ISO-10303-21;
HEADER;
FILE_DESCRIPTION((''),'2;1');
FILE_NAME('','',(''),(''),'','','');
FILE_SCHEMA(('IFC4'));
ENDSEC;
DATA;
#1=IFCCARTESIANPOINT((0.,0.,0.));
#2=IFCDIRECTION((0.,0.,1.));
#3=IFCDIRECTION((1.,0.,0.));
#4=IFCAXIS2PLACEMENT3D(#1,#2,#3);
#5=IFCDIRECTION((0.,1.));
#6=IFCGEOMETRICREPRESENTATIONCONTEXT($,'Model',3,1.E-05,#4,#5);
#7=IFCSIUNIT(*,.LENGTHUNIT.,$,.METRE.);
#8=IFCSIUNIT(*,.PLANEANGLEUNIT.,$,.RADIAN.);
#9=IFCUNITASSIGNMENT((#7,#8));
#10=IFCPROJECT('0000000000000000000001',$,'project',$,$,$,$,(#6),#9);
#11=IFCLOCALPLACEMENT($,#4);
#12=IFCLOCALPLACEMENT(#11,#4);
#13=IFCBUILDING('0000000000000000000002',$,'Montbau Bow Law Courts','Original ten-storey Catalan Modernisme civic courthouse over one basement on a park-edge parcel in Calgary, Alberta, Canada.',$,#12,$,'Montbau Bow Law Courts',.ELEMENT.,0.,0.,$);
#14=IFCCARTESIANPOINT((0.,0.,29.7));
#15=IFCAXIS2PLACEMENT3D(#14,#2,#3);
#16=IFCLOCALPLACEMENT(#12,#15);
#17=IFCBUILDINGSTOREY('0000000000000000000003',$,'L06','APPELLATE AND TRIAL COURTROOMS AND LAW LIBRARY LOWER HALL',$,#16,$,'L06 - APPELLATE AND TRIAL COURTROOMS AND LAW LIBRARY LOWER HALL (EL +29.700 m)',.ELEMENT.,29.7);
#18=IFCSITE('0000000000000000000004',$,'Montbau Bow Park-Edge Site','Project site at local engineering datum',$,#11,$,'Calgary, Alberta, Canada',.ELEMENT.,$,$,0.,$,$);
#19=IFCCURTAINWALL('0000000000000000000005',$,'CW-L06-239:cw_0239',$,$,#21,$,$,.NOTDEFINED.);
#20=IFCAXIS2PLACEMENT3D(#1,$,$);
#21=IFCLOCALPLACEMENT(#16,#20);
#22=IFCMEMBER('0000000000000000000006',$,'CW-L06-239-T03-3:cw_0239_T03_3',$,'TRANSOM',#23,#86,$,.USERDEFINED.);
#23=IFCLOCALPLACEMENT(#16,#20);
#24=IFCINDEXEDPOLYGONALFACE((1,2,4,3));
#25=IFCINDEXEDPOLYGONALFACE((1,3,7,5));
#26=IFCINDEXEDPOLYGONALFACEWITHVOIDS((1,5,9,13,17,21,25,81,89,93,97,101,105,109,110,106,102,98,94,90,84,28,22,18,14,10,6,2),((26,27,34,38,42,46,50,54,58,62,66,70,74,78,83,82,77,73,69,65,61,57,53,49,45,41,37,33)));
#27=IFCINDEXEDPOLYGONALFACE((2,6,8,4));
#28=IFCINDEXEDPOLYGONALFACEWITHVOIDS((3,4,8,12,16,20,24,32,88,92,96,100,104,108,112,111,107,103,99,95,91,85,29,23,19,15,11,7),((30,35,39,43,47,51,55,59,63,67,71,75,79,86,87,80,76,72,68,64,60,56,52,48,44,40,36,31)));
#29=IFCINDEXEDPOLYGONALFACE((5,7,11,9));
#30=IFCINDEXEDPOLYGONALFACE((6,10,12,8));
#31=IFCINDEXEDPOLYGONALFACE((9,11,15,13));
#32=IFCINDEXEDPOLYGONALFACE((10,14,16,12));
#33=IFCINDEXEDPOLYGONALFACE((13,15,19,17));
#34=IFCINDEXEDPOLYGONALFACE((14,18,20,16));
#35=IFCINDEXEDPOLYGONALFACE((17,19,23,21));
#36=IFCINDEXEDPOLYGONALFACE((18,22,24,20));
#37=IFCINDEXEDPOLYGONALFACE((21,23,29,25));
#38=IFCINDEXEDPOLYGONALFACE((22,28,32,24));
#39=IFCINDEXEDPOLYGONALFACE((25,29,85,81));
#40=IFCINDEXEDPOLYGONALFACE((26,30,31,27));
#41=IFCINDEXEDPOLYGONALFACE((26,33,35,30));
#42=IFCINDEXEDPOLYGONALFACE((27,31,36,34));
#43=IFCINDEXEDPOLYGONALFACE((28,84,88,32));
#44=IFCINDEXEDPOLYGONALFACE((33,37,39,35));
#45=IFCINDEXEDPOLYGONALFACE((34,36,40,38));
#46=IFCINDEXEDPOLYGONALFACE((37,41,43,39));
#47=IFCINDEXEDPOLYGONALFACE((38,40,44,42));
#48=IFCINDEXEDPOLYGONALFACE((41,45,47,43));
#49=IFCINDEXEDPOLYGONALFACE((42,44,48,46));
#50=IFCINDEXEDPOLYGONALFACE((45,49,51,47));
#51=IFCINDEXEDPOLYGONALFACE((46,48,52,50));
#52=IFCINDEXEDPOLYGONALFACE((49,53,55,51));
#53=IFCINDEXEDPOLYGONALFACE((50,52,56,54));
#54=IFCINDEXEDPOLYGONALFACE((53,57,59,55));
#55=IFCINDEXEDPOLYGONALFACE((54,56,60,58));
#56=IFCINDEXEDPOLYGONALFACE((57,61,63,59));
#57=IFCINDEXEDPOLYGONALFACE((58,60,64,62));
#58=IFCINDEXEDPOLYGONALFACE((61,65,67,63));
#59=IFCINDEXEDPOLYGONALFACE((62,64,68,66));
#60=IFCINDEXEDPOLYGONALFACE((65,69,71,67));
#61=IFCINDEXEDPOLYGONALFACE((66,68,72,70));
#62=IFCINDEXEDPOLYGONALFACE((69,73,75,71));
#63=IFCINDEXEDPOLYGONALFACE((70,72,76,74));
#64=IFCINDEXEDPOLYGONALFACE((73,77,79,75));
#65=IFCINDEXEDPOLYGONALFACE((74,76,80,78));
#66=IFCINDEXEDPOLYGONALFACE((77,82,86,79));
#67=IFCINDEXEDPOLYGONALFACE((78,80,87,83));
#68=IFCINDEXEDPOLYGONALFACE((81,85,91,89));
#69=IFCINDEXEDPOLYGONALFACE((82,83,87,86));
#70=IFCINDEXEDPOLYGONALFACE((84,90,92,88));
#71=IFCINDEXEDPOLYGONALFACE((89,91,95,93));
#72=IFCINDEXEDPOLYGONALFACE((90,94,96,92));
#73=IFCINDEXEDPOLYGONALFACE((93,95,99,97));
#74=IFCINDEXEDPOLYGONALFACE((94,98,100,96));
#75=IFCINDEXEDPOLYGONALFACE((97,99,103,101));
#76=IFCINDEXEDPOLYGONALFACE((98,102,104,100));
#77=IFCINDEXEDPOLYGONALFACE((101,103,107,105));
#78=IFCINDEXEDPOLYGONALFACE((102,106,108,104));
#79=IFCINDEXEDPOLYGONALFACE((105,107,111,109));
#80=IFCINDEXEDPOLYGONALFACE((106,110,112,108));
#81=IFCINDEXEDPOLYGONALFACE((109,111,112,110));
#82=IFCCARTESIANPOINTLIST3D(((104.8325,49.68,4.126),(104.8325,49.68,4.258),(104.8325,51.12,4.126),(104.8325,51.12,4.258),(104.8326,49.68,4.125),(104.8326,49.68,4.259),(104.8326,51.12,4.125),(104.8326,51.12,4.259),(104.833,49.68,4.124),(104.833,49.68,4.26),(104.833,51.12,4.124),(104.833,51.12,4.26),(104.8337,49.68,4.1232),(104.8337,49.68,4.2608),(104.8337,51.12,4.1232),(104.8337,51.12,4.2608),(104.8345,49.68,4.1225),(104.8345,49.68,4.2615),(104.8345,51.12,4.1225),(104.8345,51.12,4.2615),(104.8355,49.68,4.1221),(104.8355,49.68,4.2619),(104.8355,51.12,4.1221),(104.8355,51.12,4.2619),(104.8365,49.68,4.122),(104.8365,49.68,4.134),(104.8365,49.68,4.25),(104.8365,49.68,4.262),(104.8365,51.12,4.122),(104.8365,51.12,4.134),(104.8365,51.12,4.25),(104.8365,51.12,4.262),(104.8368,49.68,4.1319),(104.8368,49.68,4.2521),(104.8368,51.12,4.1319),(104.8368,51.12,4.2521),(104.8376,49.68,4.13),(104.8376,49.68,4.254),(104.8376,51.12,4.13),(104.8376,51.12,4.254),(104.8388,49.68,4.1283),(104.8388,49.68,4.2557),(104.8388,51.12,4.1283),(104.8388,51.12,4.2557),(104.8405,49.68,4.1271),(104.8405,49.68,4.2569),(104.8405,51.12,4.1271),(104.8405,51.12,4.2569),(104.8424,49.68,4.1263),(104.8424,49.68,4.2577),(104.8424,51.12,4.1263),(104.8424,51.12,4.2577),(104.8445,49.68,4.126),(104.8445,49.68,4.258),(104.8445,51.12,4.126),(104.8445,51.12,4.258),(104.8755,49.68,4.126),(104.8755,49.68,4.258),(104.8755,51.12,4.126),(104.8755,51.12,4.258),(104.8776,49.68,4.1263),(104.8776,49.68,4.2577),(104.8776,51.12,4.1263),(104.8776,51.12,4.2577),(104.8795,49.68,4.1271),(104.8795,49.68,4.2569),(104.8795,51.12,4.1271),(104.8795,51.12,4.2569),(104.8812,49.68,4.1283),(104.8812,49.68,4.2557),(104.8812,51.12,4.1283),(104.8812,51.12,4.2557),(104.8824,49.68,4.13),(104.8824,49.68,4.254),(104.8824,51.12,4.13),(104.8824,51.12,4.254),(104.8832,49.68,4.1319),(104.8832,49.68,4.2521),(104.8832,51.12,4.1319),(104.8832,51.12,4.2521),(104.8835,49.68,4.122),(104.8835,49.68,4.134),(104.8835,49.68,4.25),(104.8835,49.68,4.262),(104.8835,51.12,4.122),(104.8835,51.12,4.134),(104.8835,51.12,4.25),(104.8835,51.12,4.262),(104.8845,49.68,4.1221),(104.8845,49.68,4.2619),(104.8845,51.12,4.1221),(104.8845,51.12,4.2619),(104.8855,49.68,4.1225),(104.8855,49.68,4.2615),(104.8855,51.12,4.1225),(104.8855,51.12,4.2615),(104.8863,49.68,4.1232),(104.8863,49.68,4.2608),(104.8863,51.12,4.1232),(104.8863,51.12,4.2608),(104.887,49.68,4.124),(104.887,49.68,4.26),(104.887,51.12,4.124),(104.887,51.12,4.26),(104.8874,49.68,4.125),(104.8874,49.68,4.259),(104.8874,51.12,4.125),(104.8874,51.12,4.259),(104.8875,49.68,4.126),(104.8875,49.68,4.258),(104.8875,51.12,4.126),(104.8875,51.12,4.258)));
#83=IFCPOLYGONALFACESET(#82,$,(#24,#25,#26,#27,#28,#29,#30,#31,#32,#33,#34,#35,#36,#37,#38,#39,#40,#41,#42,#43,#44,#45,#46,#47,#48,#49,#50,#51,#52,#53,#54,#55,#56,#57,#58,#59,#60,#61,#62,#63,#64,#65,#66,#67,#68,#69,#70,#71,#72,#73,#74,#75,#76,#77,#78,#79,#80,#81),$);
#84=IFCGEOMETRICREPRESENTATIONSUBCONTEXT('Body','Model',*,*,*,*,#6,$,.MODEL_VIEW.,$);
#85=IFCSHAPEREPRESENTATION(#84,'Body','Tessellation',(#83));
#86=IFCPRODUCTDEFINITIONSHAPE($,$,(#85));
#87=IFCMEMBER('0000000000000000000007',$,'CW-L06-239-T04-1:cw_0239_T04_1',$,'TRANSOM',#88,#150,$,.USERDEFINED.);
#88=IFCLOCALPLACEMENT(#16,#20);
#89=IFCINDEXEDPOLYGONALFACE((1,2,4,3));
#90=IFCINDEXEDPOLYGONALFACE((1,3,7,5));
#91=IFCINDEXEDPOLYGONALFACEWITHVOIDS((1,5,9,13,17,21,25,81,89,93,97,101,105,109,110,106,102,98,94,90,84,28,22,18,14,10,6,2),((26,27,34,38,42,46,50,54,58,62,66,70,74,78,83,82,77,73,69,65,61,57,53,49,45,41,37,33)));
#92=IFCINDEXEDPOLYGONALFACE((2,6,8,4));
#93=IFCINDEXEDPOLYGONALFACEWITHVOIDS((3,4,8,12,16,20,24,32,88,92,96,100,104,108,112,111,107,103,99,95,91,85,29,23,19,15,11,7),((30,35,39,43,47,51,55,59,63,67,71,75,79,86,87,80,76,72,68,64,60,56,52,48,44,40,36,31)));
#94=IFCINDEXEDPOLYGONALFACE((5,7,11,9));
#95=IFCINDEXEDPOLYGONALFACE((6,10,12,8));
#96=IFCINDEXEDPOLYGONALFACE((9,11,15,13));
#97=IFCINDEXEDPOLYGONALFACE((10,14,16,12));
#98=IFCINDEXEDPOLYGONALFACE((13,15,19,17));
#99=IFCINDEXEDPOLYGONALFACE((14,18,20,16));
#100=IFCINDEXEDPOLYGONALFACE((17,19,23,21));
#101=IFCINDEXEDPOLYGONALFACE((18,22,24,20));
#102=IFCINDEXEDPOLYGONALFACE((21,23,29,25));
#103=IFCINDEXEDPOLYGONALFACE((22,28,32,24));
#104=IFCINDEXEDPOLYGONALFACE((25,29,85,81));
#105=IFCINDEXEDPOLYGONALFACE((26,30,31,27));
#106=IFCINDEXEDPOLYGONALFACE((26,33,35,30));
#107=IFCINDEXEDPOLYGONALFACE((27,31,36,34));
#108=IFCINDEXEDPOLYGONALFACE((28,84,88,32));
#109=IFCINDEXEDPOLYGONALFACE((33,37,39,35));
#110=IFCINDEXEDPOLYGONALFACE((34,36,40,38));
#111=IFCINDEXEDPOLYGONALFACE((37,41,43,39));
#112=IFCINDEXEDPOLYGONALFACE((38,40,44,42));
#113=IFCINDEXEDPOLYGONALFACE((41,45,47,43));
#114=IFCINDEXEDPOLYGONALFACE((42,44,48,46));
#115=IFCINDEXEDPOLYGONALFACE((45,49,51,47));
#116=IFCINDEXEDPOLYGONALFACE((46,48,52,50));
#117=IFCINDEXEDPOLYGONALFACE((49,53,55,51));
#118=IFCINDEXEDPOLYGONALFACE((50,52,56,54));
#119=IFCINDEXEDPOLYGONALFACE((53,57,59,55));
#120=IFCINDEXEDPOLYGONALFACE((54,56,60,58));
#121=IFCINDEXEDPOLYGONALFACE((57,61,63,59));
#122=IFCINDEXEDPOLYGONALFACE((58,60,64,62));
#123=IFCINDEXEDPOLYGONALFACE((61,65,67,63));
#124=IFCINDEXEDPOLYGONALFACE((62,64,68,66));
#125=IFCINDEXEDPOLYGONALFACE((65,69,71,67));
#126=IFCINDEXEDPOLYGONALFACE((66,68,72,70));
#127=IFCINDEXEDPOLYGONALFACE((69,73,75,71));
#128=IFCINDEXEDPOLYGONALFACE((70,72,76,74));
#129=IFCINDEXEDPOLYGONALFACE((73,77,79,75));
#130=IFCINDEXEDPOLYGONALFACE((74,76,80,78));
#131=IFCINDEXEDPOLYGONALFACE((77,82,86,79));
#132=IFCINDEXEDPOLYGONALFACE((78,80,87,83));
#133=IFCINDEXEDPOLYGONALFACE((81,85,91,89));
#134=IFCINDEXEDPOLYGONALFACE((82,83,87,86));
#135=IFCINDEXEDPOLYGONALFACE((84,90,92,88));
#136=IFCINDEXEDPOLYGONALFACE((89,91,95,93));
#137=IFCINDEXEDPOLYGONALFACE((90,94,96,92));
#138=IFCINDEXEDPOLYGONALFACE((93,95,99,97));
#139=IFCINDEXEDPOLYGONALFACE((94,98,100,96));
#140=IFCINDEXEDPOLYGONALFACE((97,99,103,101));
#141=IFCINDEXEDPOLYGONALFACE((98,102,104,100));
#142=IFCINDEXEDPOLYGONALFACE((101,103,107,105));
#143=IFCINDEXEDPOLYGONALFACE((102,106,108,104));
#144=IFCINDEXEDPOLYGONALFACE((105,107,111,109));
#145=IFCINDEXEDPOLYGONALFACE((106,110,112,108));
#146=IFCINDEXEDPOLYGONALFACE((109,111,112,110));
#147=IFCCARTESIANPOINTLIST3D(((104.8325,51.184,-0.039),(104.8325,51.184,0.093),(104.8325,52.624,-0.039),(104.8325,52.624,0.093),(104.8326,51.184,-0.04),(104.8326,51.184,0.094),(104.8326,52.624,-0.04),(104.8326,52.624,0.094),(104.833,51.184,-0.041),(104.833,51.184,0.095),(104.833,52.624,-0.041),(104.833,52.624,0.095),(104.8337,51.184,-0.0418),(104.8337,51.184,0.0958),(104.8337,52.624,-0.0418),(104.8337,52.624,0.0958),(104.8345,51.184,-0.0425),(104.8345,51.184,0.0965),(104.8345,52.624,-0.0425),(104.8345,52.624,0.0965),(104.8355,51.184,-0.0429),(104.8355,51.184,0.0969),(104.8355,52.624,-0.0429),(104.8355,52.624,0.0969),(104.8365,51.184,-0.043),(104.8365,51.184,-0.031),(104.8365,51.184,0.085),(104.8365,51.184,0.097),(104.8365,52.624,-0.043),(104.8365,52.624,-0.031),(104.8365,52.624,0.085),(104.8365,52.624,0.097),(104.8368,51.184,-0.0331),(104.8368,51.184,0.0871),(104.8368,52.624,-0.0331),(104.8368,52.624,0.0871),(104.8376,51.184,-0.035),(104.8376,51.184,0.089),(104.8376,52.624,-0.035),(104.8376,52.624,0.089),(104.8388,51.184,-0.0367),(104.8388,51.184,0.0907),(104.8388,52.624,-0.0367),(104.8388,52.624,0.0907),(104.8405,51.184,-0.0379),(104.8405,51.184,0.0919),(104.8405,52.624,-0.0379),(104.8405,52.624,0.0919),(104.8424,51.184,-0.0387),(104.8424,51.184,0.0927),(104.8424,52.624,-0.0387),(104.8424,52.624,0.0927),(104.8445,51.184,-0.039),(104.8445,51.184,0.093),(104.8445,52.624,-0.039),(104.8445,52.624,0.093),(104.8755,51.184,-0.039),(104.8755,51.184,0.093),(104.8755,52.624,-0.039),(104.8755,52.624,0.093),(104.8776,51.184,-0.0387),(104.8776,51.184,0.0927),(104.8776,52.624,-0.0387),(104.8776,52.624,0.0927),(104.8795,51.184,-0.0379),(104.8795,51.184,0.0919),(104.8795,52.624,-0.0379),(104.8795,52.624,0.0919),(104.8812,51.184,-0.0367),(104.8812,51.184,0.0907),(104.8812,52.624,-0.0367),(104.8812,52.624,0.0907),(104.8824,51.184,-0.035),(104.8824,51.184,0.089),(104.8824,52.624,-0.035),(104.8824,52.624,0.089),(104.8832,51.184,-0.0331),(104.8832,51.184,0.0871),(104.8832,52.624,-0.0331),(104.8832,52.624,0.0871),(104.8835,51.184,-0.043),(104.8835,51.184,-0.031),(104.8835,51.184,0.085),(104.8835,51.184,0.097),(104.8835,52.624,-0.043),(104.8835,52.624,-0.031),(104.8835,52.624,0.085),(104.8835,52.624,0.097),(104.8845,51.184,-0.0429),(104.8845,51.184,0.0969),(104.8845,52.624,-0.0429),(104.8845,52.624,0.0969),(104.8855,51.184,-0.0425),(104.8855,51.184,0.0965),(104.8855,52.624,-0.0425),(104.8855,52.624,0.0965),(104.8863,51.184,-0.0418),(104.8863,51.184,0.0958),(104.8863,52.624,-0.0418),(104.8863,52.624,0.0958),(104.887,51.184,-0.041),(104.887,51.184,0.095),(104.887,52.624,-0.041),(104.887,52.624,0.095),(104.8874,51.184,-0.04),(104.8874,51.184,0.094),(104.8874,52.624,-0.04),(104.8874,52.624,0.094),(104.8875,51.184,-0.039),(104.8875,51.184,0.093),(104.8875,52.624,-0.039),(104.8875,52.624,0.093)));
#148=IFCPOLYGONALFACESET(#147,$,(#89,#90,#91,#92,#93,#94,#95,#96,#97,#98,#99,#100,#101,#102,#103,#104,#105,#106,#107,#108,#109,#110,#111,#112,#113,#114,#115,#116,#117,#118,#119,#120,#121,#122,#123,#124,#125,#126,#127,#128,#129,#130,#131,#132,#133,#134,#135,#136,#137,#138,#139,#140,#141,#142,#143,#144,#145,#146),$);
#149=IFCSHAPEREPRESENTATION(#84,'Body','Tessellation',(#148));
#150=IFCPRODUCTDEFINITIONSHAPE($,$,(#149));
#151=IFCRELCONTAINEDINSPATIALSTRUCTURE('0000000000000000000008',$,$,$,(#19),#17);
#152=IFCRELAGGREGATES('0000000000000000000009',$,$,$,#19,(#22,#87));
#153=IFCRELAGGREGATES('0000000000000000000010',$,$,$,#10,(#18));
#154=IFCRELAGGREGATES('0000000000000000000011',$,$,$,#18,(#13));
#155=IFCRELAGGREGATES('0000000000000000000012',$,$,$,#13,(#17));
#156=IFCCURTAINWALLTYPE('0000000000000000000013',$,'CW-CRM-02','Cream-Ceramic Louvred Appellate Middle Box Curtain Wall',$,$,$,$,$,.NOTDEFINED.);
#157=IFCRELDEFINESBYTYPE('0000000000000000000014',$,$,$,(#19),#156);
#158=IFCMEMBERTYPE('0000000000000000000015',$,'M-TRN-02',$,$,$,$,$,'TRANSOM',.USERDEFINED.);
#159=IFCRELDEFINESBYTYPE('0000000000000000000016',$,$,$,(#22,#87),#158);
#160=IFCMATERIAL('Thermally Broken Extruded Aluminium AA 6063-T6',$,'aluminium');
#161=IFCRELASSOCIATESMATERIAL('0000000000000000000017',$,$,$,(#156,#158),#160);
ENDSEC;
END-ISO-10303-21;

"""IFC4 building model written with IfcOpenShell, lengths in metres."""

from ifc_helpers import new_model, si_unit, direction, frame, origin_with_axes, origin_2d_with_axis, place, context, subcontext, project, spatial, hollow_rectangle, extrude, material, material_profile, profile_set, type_object, element, aggregate, save


model = new_model("IFC4")

# Units and contexts
model_context = context("Model", 3, precision=1e-05, world=origin_with_axes(), true_north=direction((0.0, 1.0)))
body_context = subcontext(model_context, "Body", "Model", "MODEL_VIEW")
ifc_project = project(units=[si_unit("LENGTHUNIT", "METRE"), si_unit("PLANEANGLEUNIT", "RADIAN")], contexts=[model_context])

# Site, building, storey
site_placement = place(None, origin_with_axes())
site = spatial("IfcSite", under=ifc_project, at=site_placement, Name="Montbau Bow Park-Edge Site", Description="Project site at local engineering datum", LongName="Calgary, Alberta, Canada", CompositionType="ELEMENT", RefElevation=0.0)
building_placement = place(site_placement, origin_with_axes())
building = spatial("IfcBuilding", under=site, at=building_placement, Name="Montbau Bow Law Courts", Description="Original ten-storey Catalan Modernisme civic courthouse over one basement on a park-edge parcel in Calgary, Alberta, Canada.", LongName="Montbau Bow Law Courts", CompositionType="ELEMENT", ElevationOfRefHeight=0.0, ElevationOfTerrain=0.0)
storey_placement = place(building_placement, frame((0.0, 0.0, 29.7), z_axis=(0.0, 0.0, 1.0), x_axis=(1.0, 0.0, 0.0)))
storey = spatial("IfcBuildingStorey", under=building, at=storey_placement, Name="L06", Description="APPELLATE AND TRIAL COURTROOMS AND LAW LIBRARY LOWER HALL", LongName="L06 - APPELLATE AND TRIAL COURTROOMS AND LAW LIBRARY LOWER HALL (EL +29.700 m)", CompositionType="ELEMENT", Elevation=29.7)

# Curtain wall, members
ifc_material_1 = material(Name="Thermally Broken Extruded Aluminium AA 6063-T6", Category="aluminium")
curtain_wall_type = type_object("IfcCurtainWallType", Name="CW-CRM-02", Description="Cream-Ceramic Louvred Appellate Middle Box Curtain Wall", PredefinedType="NOTDEFINED", material=ifc_material_1)
curtain_wall_placement = place(None, frame((104.86, 46.64, 29.7), z_axis=(0.0, 0.0, 1.0), x_axis=(1.0, 0.0, 0.0)))
curtain_wall = element("IfcCurtainWall", 1, at=curtain_wall_placement, inside=storey, type_object=curtain_wall_type, Name="CW-L06-239:cw_0239", PredefinedType="NOTDEFINED")
ifc_material_profile_1 = material_profile(ifc_material_1, hollow_rectangle(XDim=0.055, YDim=0.14, WallThickness=0.004, InnerFilletRadius=0.008, OuterFilletRadius=0.004, at=origin_2d_with_axis()), Name="CWT-140X55", Category="Main", Priority=0)
ifc_profile_set_1 = profile_set([ifc_material_profile_1], Name="Thermally Broken Extruded Aluminium AA 6063-T6")
member_type_1 = type_object("IfcMemberType", Name="M-TRN-02", ElementType="TRANSOM", PredefinedType="USERDEFINED", material=ifc_profile_set_1)
member_1_placement = place(None, frame((104.86, 49.68, 33.892), z_axis=(0.0, 1.0, 0.0), x_axis=(-1.0, 0.0, 0.0)))
member_1 = element("IfcMember", 2, at=member_1_placement, type_object=member_type_1, Name="CW-L06-239-T03-3:cw_0239_T03_3", ObjectType="TRANSOM", PredefinedType="USERDEFINED", context=body_context, shape_type="SweptSolid", body=[
    extrude(hollow_rectangle(XDim=0.055, YDim=0.14, WallThickness=0.004, InnerFilletRadius=0.008, OuterFilletRadius=0.004, at=origin_2d_with_axis()), origin_with_axes(), (0.0, 0.0, 1.0), 1.44),
])
member_2_placement = place(None, frame((104.86, 51.184, 29.727), z_axis=(0.0, 1.0, 0.0), x_axis=(-1.0, 0.0, 0.0)))
member_2 = element("IfcMember", 3, at=member_2_placement, type_object=member_type_1, Name="CW-L06-239-T04-1:cw_0239_T04_1", ObjectType="TRANSOM", PredefinedType="USERDEFINED", context=body_context, shape_type="SweptSolid", body=[
    extrude(hollow_rectangle(XDim=0.055, YDim=0.14, WallThickness=0.004, InnerFilletRadius=0.008, OuterFilletRadius=0.004, at=origin_2d_with_axis()), origin_with_axes(), (0.0, 0.0, 1.0), 1.44),
])
aggregate(curtain_wall, [member_1, member_2])

save(model, "model.ifc")
